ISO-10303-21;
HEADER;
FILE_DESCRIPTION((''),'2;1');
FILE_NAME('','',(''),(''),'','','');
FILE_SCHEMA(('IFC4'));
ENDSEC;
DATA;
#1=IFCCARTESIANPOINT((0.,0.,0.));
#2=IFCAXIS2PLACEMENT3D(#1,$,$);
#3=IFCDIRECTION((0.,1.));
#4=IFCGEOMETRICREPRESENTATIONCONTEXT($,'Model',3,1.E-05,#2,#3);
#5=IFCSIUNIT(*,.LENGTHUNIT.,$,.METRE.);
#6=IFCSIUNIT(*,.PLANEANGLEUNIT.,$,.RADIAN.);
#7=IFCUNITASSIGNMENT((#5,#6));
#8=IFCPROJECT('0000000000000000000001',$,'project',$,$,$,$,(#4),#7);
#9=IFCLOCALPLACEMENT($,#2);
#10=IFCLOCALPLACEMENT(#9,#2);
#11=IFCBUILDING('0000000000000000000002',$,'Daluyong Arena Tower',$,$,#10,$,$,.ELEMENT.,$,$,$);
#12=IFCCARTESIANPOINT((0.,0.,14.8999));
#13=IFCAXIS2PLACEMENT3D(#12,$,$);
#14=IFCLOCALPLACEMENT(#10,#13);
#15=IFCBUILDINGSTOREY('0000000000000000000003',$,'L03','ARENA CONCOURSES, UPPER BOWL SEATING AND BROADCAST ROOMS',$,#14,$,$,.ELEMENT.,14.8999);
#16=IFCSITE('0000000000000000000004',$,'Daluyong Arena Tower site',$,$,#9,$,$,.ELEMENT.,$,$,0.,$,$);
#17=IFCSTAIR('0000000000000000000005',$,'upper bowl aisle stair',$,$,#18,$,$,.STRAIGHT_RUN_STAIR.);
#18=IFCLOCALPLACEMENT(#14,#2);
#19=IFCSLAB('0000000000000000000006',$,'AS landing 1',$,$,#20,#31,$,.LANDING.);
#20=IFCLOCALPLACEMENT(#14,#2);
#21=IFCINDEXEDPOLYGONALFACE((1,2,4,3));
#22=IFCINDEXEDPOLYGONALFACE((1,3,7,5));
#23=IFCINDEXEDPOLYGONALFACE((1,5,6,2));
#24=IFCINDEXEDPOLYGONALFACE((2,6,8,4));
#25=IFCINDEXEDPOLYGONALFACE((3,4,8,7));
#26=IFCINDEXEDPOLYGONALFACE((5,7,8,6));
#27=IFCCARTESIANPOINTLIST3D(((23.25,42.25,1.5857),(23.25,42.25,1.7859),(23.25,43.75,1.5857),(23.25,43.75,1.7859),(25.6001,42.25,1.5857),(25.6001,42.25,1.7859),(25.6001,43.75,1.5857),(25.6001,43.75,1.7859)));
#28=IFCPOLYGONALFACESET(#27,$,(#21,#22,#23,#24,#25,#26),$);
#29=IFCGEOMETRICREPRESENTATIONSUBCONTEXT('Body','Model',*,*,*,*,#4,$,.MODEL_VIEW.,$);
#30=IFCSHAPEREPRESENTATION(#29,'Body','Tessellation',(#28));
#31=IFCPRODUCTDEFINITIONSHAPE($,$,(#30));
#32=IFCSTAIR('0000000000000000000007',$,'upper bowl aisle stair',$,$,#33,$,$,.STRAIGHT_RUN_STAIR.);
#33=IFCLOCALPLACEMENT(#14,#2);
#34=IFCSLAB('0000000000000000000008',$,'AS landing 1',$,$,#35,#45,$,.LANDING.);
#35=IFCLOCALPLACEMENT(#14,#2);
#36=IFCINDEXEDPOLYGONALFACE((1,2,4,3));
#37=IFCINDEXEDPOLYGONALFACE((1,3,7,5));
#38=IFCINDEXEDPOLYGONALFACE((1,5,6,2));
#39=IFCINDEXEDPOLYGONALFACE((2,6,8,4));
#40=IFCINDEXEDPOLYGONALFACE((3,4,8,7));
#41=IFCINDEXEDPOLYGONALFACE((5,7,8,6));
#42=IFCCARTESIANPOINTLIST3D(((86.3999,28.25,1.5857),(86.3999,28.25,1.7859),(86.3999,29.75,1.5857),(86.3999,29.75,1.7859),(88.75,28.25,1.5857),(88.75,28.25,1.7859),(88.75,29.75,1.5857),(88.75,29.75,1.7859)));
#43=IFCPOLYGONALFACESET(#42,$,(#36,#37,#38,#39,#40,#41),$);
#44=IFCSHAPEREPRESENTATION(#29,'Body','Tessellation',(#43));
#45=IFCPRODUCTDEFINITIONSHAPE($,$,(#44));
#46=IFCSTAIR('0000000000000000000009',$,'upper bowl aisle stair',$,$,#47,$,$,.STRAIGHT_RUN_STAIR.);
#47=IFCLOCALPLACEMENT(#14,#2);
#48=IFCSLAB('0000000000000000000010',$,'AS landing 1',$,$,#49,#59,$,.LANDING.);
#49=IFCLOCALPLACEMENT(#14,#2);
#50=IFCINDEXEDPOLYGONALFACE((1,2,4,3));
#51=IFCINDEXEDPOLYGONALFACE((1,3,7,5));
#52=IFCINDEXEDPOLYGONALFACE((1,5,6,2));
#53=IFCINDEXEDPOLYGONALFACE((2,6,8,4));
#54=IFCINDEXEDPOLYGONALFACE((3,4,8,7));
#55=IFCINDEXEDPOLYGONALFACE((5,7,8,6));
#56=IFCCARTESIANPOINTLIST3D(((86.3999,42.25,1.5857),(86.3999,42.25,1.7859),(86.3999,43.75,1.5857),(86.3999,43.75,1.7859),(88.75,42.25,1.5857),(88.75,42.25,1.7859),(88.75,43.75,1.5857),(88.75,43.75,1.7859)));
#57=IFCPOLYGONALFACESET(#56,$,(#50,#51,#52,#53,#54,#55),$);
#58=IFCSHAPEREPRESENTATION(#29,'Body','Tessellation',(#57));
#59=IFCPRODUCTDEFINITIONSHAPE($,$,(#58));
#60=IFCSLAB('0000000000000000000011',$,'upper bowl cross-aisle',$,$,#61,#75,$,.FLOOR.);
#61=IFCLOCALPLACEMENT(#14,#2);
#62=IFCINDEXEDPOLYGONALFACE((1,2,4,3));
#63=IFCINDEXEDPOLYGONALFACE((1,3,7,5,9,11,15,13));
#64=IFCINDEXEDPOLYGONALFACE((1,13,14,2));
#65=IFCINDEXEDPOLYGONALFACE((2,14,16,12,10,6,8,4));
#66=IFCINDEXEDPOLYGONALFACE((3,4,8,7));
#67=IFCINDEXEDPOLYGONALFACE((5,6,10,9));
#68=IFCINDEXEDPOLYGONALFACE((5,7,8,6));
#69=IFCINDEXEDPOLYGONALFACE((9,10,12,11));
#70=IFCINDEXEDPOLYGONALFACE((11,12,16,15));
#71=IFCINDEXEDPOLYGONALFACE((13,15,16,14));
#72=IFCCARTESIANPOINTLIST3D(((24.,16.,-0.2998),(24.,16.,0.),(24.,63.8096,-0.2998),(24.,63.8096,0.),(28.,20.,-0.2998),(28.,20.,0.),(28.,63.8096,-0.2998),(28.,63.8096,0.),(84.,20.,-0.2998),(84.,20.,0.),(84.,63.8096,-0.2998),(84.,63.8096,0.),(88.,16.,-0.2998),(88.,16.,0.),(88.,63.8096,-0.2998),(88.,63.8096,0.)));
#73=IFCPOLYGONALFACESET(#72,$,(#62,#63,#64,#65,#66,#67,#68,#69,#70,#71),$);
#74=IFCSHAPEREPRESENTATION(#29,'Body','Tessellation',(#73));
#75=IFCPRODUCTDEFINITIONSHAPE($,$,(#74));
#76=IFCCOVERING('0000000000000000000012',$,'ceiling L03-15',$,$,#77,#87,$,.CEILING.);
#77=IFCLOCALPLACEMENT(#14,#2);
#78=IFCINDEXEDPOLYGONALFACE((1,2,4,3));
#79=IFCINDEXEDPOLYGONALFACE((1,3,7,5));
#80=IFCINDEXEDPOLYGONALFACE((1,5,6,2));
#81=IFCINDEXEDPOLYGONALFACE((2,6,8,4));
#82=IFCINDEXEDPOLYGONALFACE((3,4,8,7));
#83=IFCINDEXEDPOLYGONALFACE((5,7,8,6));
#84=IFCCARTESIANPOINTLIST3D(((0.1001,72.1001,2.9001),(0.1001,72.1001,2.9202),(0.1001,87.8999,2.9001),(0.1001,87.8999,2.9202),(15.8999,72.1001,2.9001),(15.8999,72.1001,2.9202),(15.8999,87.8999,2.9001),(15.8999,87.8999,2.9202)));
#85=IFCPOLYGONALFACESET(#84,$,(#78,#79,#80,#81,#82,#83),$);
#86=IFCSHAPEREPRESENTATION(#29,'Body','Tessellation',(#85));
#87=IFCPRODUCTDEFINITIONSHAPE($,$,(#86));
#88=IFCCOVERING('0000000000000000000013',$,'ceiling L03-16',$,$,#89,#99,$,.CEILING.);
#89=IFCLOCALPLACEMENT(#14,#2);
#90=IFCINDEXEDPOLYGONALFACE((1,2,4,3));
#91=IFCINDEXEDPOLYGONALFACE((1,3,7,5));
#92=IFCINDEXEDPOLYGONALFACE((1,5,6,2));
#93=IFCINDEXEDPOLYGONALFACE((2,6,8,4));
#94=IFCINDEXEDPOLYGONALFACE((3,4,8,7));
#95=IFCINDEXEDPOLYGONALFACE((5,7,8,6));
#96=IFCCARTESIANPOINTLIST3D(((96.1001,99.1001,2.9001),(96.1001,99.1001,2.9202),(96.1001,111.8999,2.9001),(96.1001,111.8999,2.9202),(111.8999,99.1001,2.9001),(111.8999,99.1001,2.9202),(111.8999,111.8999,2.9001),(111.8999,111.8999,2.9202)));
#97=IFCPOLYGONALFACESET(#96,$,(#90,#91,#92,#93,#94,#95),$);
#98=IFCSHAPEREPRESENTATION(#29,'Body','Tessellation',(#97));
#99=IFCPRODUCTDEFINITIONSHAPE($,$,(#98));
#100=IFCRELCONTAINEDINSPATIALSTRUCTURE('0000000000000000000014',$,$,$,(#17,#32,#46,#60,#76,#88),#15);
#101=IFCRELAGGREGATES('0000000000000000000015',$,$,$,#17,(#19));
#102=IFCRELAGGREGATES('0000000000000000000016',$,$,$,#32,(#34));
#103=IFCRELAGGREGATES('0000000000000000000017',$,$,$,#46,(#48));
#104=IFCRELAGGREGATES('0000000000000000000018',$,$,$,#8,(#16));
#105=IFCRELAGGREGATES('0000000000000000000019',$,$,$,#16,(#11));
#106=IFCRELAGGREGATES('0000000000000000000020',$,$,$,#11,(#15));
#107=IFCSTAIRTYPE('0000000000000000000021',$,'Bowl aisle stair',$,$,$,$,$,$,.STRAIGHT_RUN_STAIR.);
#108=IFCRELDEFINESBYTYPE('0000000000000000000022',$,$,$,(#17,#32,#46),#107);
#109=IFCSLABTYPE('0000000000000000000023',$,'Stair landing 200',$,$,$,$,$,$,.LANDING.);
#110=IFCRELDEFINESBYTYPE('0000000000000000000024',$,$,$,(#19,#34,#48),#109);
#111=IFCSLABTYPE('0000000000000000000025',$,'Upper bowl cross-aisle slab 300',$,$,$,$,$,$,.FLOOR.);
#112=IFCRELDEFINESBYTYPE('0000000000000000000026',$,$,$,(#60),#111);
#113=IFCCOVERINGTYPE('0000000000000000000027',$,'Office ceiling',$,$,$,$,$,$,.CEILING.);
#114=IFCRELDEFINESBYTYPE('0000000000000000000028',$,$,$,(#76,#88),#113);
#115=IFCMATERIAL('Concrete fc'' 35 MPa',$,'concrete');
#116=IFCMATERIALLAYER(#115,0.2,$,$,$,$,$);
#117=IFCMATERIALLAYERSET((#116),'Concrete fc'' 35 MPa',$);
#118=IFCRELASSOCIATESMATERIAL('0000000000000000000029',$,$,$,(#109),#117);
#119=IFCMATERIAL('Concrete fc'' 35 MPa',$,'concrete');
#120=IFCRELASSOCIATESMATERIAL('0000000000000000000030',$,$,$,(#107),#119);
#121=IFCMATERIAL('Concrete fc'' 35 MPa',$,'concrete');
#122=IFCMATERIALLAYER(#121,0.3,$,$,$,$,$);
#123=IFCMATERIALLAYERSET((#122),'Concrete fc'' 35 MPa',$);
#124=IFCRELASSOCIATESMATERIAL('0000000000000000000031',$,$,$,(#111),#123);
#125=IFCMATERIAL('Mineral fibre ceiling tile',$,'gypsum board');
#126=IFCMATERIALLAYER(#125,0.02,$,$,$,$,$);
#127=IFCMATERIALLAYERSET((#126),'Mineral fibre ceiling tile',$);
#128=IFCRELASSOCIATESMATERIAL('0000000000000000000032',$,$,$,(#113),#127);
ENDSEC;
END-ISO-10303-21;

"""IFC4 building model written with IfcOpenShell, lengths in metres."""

from ifc_helpers import new_model, si_unit, direction, frame, origin, place, context, subcontext, project, spatial, polyline, outline, extrude, material, layer, layer_set, type_object, element, aggregate, save


model = new_model("IFC4")

# Units and contexts
model_context = context("Model", 3, precision=1e-05, world=origin(), true_north=direction((0.0, 1.0)))
body_context = subcontext(model_context, "Body", "Model", "MODEL_VIEW")
ifc_project = project(units=[si_unit("LENGTHUNIT", "METRE"), si_unit("PLANEANGLEUNIT", "RADIAN")], contexts=[model_context])

# Site, building, storey
site_placement = place(None, origin())
site = spatial("IfcSite", under=ifc_project, at=site_placement, Name="Daluyong Arena Tower site", CompositionType="ELEMENT", RefElevation=0.0)
building_placement = place(site_placement, origin())
building = spatial("IfcBuilding", under=site, at=building_placement, Name="Daluyong Arena Tower", CompositionType="ELEMENT")
storey_placement = place(building_placement, frame((0.0, 0.0, 14.8999)))
storey = spatial("IfcBuildingStorey", under=building, at=storey_placement, Name="L03", Description="ARENA CONCOURSES, UPPER BOWL SEATING AND BROADCAST ROOMS", CompositionType="ELEMENT", Elevation=14.8999)

# Shared definitions
ifc_material_1 = material(Name="Concrete fc' 35 MPa", Category="concrete")
ifc_layer_1 = layer(ifc_material_1, 0.2)
ifc_layer_set_1 = layer_set([ifc_layer_1], Name="Concrete fc' 35 MPa")
slab_type_1 = type_object("IfcSlabType", Name="Stair landing 200", PredefinedType="LANDING", material=ifc_layer_set_1)

# Stairs, slabs
ifc_material_2 = material(Name="Concrete fc' 35 MPa", Category="concrete")
stair_type_1 = type_object("IfcStairType", Name="Bowl aisle stair", PredefinedType="STRAIGHT_RUN_STAIR", material=ifc_material_2)
stair_1_placement = place(storey_placement, origin())
stair_1 = element("IfcStair", 1, at=stair_1_placement, inside=storey, type_object=stair_type_1, Name="upper bowl aisle stair", PredefinedType="STRAIGHT_RUN_STAIR")
slab_1_placement = place(storey_placement, frame((0.0, 0.0, 1.5857)))
slab_1 = element("IfcSlab", 2, at=slab_1_placement, type_object=slab_type_1, Name="AS landing 1", PredefinedType="LANDING", context=body_context, shape_type="SweptSolid", body=[
    extrude(outline(polyline([(23.25, 42.25), (25.6001, 42.25), (25.6001, 43.75), (23.25, 43.75), (23.25, 42.25)])), origin(), (0.0, 0.0, 1.0), 0.2002),
])
aggregate(stair_1, [slab_1])
stair_2_placement = place(storey_placement, origin())
stair_2 = element("IfcStair", 3, at=stair_2_placement, inside=storey, type_object=stair_type_1, Name="upper bowl aisle stair", PredefinedType="STRAIGHT_RUN_STAIR")
slab_2_placement = place(storey_placement, frame((0.0, 0.0, 1.5857)))
slab_2 = element("IfcSlab", 4, at=slab_2_placement, type_object=slab_type_1, Name="AS landing 1", PredefinedType="LANDING", context=body_context, shape_type="SweptSolid", body=[
    extrude(outline(polyline([(88.75, 28.25), (88.75, 29.75), (86.3999, 29.75), (86.3999, 28.25), (88.75, 28.25)])), origin(), (0.0, 0.0, 1.0), 0.2002),
])
aggregate(stair_2, [slab_2])
stair_3_placement = place(storey_placement, origin())
stair_3 = element("IfcStair", 5, at=stair_3_placement, inside=storey, type_object=stair_type_1, Name="upper bowl aisle stair", PredefinedType="STRAIGHT_RUN_STAIR")
slab_3_placement = place(storey_placement, frame((0.0, 0.0, 1.5857)))
slab_3 = element("IfcSlab", 6, at=slab_3_placement, type_object=slab_type_1, Name="AS landing 1", PredefinedType="LANDING", context=body_context, shape_type="SweptSolid", body=[
    extrude(outline(polyline([(88.75, 42.25), (88.75, 43.75), (86.3999, 43.75), (86.3999, 42.25), (88.75, 42.25)])), origin(), (0.0, 0.0, 1.0), 0.2002),
])
aggregate(stair_3, [slab_3])

# Slab
ifc_material_3 = material(Name="Concrete fc' 35 MPa", Category="concrete")
ifc_layer_2 = layer(ifc_material_3, 0.3)
ifc_layer_set_2 = layer_set([ifc_layer_2], Name="Concrete fc' 35 MPa")
slab_type_2 = type_object("IfcSlabType", Name="Upper bowl cross-aisle slab 300", PredefinedType="FLOOR", material=ifc_layer_set_2)
slab_4_placement = place(storey_placement, frame((0.0, 0.0, -0.2998)))
element("IfcSlab", 7, at=slab_4_placement, inside=storey, type_object=slab_type_2, Name="upper bowl cross-aisle", PredefinedType="FLOOR", context=body_context, shape_type="SweptSolid", body=[
    extrude(outline(polyline([(88.0, 16.0), (88.0, 63.8096), (84.0, 63.8096), (84.0, 20.0), (28.0, 20.0), (28.0, 63.8096), (24.0, 63.8096), (24.0, 16.0), (88.0, 16.0)])), origin(), (0.0, 0.0, 1.0), 0.2998),
])

# Coverings
ifc_material_4 = material(Name="Mineral fibre ceiling tile", Category="gypsum board")
ifc_layer_3 = layer(ifc_material_4, 0.02)
ifc_layer_set_3 = layer_set([ifc_layer_3], Name="Mineral fibre ceiling tile")
covering_type = type_object("IfcCoveringType", Name="Office ceiling", PredefinedType="CEILING", material=ifc_layer_set_3)
covering_1_placement = place(storey_placement, frame((0.0, 0.0, 2.9001)))
element("IfcCovering", 8, at=covering_1_placement, inside=storey, type_object=covering_type, Name="ceiling L03-15", PredefinedType="CEILING", context=body_context, shape_type="SweptSolid", body=[
    extrude(outline(polyline([(15.8999, 72.1001), (15.8999, 87.8999), (0.1001, 87.8999), (0.1001, 72.1001), (15.8999, 72.1001)])), origin(), (0.0, 0.0, 1.0), 0.02),
])
covering_2_placement = place(storey_placement, frame((0.0, 0.0, 2.9001)))
element("IfcCovering", 9, at=covering_2_placement, inside=storey, type_object=covering_type, Name="ceiling L03-16", PredefinedType="CEILING", context=body_context, shape_type="SweptSolid", body=[
    extrude(outline(polyline([(111.8999, 99.1001), (111.8999, 111.8999), (96.1001, 111.8999), (96.1001, 99.1001), (111.8999, 99.1001)])), origin(), (0.0, 0.0, 1.0), 0.02),
])

save(model, "model.ifc")
